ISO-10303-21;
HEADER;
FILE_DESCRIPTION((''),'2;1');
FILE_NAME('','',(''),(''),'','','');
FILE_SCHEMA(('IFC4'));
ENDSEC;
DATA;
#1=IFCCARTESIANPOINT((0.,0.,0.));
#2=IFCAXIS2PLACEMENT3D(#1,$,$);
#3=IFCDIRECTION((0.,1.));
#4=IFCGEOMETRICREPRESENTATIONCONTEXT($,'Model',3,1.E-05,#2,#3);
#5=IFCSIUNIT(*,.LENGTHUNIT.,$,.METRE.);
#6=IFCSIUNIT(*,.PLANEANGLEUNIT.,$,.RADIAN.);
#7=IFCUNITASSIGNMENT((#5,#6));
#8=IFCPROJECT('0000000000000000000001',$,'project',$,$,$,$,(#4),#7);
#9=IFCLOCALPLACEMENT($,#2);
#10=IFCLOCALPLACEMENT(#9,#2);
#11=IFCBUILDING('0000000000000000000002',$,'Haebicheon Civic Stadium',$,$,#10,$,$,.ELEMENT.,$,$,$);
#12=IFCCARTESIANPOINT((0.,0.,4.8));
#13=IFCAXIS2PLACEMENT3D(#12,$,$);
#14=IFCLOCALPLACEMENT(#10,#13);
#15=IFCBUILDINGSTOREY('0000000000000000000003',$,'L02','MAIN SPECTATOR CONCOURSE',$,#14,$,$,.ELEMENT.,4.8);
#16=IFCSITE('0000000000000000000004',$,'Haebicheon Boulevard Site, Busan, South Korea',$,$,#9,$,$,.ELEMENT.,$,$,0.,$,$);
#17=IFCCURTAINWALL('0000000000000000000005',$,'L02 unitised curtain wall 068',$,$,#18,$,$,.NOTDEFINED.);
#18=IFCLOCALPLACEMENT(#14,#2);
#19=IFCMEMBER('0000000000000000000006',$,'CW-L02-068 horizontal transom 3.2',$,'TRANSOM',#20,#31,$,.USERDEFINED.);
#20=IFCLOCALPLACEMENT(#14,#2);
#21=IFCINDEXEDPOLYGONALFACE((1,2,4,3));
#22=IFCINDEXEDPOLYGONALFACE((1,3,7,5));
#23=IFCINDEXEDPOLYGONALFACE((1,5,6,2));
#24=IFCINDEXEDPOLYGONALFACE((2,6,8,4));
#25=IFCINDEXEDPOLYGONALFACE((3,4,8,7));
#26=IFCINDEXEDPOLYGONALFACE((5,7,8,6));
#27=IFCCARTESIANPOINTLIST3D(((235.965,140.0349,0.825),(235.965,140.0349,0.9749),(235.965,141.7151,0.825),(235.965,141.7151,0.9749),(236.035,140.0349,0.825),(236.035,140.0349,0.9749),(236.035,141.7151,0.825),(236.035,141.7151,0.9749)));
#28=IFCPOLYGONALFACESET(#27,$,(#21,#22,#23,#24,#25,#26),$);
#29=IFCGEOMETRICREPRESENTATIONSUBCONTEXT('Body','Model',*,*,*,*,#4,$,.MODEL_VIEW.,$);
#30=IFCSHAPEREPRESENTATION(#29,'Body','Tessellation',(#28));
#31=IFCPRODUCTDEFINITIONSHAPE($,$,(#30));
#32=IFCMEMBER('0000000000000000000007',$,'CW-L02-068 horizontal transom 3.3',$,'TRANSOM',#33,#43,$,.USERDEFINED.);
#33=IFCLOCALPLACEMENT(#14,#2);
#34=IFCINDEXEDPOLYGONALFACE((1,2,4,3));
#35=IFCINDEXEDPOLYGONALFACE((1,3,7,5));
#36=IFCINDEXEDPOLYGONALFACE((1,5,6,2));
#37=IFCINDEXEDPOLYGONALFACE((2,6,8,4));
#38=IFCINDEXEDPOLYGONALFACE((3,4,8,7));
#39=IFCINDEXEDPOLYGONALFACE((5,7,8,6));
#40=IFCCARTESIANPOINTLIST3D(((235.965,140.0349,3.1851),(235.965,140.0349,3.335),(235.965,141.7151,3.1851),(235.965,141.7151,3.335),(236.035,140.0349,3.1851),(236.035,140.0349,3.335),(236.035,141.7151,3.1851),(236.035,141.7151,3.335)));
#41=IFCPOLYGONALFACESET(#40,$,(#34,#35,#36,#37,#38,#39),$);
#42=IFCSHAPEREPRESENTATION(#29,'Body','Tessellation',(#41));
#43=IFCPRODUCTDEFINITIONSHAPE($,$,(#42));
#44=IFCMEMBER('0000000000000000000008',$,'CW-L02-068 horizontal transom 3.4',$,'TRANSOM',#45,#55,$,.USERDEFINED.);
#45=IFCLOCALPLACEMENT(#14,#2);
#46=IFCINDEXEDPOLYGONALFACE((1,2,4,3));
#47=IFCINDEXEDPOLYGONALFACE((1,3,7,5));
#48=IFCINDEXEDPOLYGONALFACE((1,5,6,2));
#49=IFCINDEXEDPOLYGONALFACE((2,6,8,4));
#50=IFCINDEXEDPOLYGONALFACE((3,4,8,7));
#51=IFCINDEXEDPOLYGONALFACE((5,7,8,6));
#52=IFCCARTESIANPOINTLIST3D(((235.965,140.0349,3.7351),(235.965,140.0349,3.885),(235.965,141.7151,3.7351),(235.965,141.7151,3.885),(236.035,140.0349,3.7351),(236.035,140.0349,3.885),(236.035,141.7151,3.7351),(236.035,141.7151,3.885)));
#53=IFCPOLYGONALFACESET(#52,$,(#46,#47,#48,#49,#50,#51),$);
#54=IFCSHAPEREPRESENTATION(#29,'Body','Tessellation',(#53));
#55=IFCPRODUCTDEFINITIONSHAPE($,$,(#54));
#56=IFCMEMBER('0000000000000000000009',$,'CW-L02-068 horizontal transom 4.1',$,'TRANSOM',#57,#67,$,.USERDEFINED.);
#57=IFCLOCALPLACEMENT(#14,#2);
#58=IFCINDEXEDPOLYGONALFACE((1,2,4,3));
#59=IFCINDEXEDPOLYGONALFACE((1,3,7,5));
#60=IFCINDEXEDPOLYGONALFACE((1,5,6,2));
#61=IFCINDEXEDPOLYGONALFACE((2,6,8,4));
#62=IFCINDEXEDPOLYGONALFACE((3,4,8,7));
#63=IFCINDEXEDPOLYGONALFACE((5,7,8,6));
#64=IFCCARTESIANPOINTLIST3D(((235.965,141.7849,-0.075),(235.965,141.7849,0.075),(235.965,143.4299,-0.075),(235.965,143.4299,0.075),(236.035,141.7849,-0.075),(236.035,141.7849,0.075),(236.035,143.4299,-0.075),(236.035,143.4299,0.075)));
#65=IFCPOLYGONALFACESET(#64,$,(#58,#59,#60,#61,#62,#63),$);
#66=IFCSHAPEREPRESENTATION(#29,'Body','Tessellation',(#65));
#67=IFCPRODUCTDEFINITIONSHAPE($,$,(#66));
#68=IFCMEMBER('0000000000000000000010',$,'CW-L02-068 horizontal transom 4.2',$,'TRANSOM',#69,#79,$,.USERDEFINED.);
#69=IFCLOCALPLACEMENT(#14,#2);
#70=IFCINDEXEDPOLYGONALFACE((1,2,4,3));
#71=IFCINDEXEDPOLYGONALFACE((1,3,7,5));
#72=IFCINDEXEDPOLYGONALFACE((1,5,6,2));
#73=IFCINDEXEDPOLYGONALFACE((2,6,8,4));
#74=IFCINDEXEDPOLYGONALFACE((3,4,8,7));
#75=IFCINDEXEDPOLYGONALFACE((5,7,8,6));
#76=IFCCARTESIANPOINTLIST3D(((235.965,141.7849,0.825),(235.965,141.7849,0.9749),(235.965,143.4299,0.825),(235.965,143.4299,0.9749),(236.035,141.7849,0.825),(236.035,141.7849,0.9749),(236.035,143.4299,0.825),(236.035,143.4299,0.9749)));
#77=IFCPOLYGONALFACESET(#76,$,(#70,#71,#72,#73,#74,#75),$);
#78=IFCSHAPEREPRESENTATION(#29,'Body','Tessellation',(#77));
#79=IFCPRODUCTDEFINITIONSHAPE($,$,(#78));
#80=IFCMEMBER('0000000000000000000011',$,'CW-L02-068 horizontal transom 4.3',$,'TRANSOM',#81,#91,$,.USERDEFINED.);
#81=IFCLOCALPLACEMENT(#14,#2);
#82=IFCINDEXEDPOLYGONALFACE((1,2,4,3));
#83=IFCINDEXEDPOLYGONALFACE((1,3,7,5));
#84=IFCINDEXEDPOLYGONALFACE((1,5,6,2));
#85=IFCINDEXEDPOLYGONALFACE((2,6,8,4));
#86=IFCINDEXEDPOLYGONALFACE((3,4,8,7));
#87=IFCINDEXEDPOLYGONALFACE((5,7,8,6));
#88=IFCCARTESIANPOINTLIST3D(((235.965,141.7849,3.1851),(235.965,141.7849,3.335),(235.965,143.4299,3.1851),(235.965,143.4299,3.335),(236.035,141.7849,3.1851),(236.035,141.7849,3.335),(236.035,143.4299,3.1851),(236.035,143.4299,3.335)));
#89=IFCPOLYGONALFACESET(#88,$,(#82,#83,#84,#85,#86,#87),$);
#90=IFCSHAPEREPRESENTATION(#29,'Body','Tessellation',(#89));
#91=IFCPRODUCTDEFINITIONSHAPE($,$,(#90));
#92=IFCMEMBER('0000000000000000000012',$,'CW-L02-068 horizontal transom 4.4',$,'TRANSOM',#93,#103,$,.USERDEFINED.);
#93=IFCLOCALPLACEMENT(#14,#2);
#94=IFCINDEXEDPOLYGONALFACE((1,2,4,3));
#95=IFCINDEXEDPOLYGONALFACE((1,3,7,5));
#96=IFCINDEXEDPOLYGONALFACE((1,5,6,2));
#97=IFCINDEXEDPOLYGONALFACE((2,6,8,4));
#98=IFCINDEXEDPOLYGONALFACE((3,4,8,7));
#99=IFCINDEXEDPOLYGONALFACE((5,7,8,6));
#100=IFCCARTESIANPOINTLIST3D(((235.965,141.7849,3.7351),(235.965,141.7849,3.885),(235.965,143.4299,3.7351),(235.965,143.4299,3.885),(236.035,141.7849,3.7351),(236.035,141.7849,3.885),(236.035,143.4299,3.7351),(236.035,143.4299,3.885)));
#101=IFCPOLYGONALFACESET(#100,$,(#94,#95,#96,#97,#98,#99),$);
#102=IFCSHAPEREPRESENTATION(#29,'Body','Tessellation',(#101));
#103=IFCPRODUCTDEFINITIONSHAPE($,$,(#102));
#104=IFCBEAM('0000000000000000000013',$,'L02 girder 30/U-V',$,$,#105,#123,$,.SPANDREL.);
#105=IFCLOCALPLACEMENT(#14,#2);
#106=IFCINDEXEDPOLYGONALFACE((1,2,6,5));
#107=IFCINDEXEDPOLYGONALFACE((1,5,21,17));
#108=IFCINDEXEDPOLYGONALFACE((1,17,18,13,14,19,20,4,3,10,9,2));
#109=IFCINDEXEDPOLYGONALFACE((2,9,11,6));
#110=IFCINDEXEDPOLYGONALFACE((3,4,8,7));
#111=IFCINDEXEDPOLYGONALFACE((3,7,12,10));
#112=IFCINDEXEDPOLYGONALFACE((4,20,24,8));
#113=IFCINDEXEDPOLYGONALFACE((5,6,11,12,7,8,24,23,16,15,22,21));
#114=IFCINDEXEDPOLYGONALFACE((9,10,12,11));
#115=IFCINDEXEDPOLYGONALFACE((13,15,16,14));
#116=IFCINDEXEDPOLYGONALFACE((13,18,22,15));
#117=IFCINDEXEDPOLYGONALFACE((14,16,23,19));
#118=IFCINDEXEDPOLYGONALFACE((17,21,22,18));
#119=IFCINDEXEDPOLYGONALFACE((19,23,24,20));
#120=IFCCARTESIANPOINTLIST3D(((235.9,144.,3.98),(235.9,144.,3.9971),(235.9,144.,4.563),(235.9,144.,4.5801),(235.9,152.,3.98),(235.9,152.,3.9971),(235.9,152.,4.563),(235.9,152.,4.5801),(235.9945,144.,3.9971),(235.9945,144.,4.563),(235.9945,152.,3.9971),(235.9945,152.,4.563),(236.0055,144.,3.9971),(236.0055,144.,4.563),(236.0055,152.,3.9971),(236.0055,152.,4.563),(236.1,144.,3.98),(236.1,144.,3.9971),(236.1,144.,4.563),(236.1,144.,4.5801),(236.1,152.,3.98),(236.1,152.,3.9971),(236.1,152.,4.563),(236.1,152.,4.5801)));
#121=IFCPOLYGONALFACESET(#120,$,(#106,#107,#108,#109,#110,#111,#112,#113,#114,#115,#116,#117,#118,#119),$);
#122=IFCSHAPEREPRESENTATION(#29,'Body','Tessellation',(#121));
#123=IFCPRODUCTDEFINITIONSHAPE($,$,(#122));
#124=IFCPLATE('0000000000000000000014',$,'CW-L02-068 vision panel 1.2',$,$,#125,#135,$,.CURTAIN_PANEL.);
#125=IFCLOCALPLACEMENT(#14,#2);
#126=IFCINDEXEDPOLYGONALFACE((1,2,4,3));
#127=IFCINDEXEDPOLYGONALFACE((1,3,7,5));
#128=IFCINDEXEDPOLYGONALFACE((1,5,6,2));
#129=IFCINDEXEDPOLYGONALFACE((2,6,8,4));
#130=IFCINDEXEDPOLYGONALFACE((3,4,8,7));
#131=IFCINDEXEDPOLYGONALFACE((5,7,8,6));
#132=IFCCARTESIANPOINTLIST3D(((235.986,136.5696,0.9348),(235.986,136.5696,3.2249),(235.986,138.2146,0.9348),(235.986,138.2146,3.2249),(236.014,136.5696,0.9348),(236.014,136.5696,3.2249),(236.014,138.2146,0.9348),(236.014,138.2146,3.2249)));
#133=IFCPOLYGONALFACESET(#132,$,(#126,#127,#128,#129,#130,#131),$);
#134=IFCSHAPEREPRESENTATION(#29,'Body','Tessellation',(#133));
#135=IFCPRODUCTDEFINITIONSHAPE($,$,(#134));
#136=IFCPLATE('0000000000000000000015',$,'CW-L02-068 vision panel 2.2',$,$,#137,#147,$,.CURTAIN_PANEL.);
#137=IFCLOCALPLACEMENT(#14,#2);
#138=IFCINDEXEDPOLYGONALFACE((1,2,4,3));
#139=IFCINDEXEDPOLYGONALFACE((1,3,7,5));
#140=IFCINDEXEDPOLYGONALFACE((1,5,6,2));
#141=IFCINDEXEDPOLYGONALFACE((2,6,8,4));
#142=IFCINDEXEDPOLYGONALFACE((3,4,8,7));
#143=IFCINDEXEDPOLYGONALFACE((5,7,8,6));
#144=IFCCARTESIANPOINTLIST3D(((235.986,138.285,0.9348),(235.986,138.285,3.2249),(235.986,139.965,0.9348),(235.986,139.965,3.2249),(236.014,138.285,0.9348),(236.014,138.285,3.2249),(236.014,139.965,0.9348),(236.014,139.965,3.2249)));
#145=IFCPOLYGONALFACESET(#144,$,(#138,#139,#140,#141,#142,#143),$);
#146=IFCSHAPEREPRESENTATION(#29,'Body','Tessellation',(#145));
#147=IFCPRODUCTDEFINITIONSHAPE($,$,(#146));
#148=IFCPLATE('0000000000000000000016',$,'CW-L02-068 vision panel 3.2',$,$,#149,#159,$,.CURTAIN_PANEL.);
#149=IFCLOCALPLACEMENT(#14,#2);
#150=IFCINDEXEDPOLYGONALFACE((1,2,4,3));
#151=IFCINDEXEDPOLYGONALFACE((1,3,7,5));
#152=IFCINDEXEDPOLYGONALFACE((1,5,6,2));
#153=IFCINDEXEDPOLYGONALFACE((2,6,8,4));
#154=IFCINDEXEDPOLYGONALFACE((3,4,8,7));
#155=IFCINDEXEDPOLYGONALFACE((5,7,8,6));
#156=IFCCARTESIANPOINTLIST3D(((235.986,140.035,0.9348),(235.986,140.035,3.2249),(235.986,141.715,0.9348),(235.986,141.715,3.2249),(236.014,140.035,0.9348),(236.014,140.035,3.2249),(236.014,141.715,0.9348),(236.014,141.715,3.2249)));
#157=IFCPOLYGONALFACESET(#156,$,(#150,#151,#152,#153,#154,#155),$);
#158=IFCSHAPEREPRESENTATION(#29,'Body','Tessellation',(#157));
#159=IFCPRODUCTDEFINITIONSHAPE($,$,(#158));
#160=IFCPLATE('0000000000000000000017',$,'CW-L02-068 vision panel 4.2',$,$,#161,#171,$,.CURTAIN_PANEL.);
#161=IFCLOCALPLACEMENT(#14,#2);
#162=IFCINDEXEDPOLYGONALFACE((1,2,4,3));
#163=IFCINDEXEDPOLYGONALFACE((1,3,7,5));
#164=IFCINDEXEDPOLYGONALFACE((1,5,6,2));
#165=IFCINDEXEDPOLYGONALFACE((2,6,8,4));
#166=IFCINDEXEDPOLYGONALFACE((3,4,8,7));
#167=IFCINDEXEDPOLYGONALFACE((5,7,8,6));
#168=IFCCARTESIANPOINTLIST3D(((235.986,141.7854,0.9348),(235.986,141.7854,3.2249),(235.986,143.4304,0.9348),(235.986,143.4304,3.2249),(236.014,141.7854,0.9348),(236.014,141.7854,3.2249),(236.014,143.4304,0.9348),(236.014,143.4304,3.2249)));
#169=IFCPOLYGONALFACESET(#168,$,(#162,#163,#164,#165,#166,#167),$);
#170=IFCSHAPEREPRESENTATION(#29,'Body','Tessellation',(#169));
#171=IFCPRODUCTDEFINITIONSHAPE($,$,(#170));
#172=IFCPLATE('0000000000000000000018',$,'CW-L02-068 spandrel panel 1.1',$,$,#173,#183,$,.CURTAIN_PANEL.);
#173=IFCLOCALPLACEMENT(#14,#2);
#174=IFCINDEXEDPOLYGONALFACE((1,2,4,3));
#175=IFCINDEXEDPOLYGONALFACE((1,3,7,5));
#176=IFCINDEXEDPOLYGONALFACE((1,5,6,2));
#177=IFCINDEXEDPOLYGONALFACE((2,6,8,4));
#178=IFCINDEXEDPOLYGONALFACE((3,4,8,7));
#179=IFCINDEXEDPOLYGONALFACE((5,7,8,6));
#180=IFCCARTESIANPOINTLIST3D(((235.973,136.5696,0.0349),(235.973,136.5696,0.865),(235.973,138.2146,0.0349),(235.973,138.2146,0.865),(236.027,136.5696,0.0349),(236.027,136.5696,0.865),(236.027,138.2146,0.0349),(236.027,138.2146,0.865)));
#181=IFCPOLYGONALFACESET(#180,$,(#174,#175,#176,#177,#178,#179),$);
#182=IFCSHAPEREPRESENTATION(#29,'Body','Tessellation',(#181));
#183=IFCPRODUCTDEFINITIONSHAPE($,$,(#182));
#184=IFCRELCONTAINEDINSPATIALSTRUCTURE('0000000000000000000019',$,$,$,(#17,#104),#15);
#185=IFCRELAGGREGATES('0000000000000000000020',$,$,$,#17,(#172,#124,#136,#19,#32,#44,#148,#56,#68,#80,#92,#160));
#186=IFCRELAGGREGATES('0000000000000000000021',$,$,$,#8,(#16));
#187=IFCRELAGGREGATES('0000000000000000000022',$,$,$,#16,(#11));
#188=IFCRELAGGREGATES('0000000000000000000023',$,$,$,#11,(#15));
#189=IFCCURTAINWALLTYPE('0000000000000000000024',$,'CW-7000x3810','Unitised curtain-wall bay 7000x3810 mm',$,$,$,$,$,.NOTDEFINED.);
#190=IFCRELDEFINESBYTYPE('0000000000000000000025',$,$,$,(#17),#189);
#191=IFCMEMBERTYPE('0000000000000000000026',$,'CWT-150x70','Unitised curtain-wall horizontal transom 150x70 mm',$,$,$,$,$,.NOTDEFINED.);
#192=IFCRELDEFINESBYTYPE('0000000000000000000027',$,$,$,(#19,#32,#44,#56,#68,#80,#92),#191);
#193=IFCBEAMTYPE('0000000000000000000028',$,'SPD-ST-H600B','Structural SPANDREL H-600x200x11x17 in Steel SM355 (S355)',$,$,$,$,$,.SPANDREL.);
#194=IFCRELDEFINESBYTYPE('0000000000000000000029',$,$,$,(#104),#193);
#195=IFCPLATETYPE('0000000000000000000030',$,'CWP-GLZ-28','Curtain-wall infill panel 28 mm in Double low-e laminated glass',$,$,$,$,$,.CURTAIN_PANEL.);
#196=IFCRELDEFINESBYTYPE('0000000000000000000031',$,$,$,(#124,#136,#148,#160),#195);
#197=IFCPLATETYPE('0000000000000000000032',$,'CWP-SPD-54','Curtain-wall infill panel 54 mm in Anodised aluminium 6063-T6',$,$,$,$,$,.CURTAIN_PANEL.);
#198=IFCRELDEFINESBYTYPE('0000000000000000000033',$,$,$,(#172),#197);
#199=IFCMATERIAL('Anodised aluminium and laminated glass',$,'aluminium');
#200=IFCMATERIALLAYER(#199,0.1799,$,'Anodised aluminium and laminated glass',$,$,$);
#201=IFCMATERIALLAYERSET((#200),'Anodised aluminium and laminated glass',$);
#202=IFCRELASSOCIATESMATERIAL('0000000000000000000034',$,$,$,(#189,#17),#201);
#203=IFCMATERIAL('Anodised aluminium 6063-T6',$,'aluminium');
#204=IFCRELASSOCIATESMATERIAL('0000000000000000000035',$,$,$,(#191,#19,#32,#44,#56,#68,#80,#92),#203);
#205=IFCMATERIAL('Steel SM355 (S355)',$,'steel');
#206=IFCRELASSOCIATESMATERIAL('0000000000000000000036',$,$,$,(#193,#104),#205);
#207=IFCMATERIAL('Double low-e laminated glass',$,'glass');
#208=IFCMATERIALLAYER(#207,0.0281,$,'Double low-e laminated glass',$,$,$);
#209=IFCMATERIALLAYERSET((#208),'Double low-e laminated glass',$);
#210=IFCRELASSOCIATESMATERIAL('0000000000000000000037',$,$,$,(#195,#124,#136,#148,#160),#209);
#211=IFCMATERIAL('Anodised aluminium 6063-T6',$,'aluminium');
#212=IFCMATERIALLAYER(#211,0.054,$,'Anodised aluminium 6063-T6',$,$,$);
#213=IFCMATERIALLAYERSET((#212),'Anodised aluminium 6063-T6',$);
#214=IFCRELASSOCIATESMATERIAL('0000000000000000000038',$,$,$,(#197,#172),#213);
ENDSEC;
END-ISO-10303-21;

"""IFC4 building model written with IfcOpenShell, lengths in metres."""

from ifc_helpers import new_model, si_unit, direction, frame, origin, origin_2d, place, context, subcontext, project, spatial, rectangle, i_section, extrude, material, layer, layer_set, material_profile, profile_set, type_object, element, aggregate, save


model = new_model("IFC4")

# Units and contexts
model_context = context("Model", 3, precision=1e-05, world=origin(), true_north=direction((0.0, 1.0)))
body_context = subcontext(model_context, "Body", "Model", "MODEL_VIEW")
ifc_project = project(units=[si_unit("LENGTHUNIT", "METRE"), si_unit("PLANEANGLEUNIT", "RADIAN")], contexts=[model_context])

# Site, building, storey
site_placement = place(None, origin())
site = spatial("IfcSite", under=ifc_project, at=site_placement, Name="Haebicheon Boulevard Site, Busan, South Korea", CompositionType="ELEMENT", RefElevation=0.0)
building_placement = place(site_placement, origin())
building = spatial("IfcBuilding", under=site, at=building_placement, Name="Haebicheon Civic Stadium", CompositionType="ELEMENT")
storey_placement = place(building_placement, frame((0.0, 0.0, 4.8)))
storey = spatial("IfcBuildingStorey", under=building, at=storey_placement, Name="L02", Description="MAIN SPECTATOR CONCOURSE", CompositionType="ELEMENT", Elevation=4.8)

# Curtain wall, members
ifc_material_1 = material(Name="Anodised aluminium and laminated glass", Category="aluminium")
ifc_layer_1 = layer(ifc_material_1, 0.1799, Name="Anodised aluminium and laminated glass")
ifc_layer_set_1 = layer_set([ifc_layer_1], Name="Anodised aluminium and laminated glass")
curtain_wall_type = type_object("IfcCurtainWallType", Name="CW-7000x3810", Description="Unitised curtain-wall bay 7000x3810 mm", PredefinedType="NOTDEFINED", material=ifc_layer_set_1)
curtain_wall_placement = place(storey_placement, origin())
curtain_wall = element("IfcCurtainWall", 1, at=curtain_wall_placement, inside=storey, type_object=curtain_wall_type, material=ifc_layer_set_1, Name="L02 unitised curtain wall 068", PredefinedType="NOTDEFINED")
ifc_material_2 = material(Name="Anodised aluminium 6063-T6", Category="aluminium")
ifc_material_profile_1 = material_profile(ifc_material_2, rectangle(XDim=0.0701, YDim=0.1499, at=origin_2d()), Name="ALU-TRAN-70x150")
ifc_profile_set_1 = profile_set([ifc_material_profile_1], Name="Anodised aluminium 6063-T6")
member_type_1 = type_object("IfcMemberType", Name="CWT-150x70", Description="Unitised curtain-wall horizontal transom 150x70 mm", PredefinedType="NOTDEFINED", material=ifc_profile_set_1)
member_1_placement = place(storey_placement, frame((236.0, 140.0349, 0.8999), z_axis=(0.0, 1.0, 0.0), x_axis=(-1.0, 0.0, 0.0)))
member_1 = element("IfcMember", 2, at=member_1_placement, type_object=member_type_1, material=ifc_profile_set_1, Name="CW-L02-068 horizontal transom 3.2", ObjectType="TRANSOM", PredefinedType="USERDEFINED", context=body_context, shape_type="SweptSolid", body=[
    extrude(rectangle(XDim=0.0701, YDim=0.1499, at=origin_2d()), origin(), (0.0, 0.0, 1.0), 1.6802),
])
member_2_placement = place(storey_placement, frame((236.0, 140.0349, 3.26), z_axis=(0.0, 1.0, 0.0), x_axis=(-1.0, 0.0, 0.0)))
member_2 = element("IfcMember", 3, at=member_2_placement, type_object=member_type_1, material=ifc_profile_set_1, Name="CW-L02-068 horizontal transom 3.3", ObjectType="TRANSOM", PredefinedType="USERDEFINED", context=body_context, shape_type="SweptSolid", body=[
    extrude(rectangle(XDim=0.0701, YDim=0.1499, at=origin_2d()), origin(), (0.0, 0.0, 1.0), 1.6802),
])
member_3_placement = place(storey_placement, frame((236.0, 140.0349, 3.8101), z_axis=(0.0, 1.0, 0.0), x_axis=(-1.0, 0.0, 0.0)))
member_3 = element("IfcMember", 4, at=member_3_placement, type_object=member_type_1, material=ifc_profile_set_1, Name="CW-L02-068 horizontal transom 3.4", ObjectType="TRANSOM", PredefinedType="USERDEFINED", context=body_context, shape_type="SweptSolid", body=[
    extrude(rectangle(XDim=0.0701, YDim=0.1499, at=origin_2d()), origin(), (0.0, 0.0, 1.0), 1.6802),
])
member_4_placement = place(storey_placement, frame((236.0, 141.7849, 0.0), z_axis=(0.0, 1.0, 0.0), x_axis=(-1.0, 0.0, 0.0)))
member_4 = element("IfcMember", 5, at=member_4_placement, type_object=member_type_1, material=ifc_profile_set_1, Name="CW-L02-068 horizontal transom 4.1", ObjectType="TRANSOM", PredefinedType="USERDEFINED", context=body_context, shape_type="SweptSolid", body=[
    extrude(rectangle(XDim=0.0701, YDim=0.1499, at=origin_2d()), origin(), (0.0, 0.0, 1.0), 1.645),
])
member_5_placement = place(storey_placement, frame((236.0, 141.7849, 0.8999), z_axis=(0.0, 1.0, 0.0), x_axis=(-1.0, 0.0, 0.0)))
member_5 = element("IfcMember", 6, at=member_5_placement, type_object=member_type_1, material=ifc_profile_set_1, Name="CW-L02-068 horizontal transom 4.2", ObjectType="TRANSOM", PredefinedType="USERDEFINED", context=body_context, shape_type="SweptSolid", body=[
    extrude(rectangle(XDim=0.0701, YDim=0.1499, at=origin_2d()), origin(), (0.0, 0.0, 1.0), 1.645),
])
member_6_placement = place(storey_placement, frame((236.0, 141.7849, 3.26), z_axis=(0.0, 1.0, 0.0), x_axis=(-1.0, 0.0, 0.0)))
member_6 = element("IfcMember", 7, at=member_6_placement, type_object=member_type_1, material=ifc_profile_set_1, Name="CW-L02-068 horizontal transom 4.3", ObjectType="TRANSOM", PredefinedType="USERDEFINED", context=body_context, shape_type="SweptSolid", body=[
    extrude(rectangle(XDim=0.0701, YDim=0.1499, at=origin_2d()), origin(), (0.0, 0.0, 1.0), 1.645),
])
member_7_placement = place(storey_placement, frame((236.0, 141.7849, 3.8101), z_axis=(0.0, 1.0, 0.0), x_axis=(-1.0, 0.0, 0.0)))
member_7 = element("IfcMember", 8, at=member_7_placement, type_object=member_type_1, material=ifc_profile_set_1, Name="CW-L02-068 horizontal transom 4.4", ObjectType="TRANSOM", PredefinedType="USERDEFINED", context=body_context, shape_type="SweptSolid", body=[
    extrude(rectangle(XDim=0.0701, YDim=0.1499, at=origin_2d()), origin(), (0.0, 0.0, 1.0), 1.645),
])

# Beam
ifc_material_3 = material(Name="Steel SM355 (S355)", Category="steel")
ifc_material_profile_2 = material_profile(ifc_material_3, i_section(OverallWidth=0.2, OverallDepth=0.6001, WebThickness=0.011, FlangeThickness=0.0171, at=origin_2d()), Name="H-600x200x11x17")
ifc_profile_set_2 = profile_set([ifc_material_profile_2], Name="Steel SM355 (S355)")
beam_type = type_object("IfcBeamType", Name="SPD-ST-H600B", Description="Structural SPANDREL H-600x200x11x17 in Steel SM355 (S355)", PredefinedType="SPANDREL", material=ifc_profile_set_2)
beam_placement = place(storey_placement, frame((236.0, 144.0, 4.28), z_axis=(0.0, 1.0, 0.0), x_axis=(-1.0, 0.0, 0.0)))
element("IfcBeam", 9, at=beam_placement, inside=storey, type_object=beam_type, material=ifc_profile_set_2, Name="L02 girder 30/U-V", PredefinedType="SPANDREL", context=body_context, shape_type="SweptSolid", body=[
    extrude(i_section(OverallWidth=0.2, OverallDepth=0.6001, WebThickness=0.011, FlangeThickness=0.0171, at=origin_2d()), origin(), (0.0, 0.0, 1.0), 8.0),
])

# Plates
ifc_material_4 = material(Name="Double low-e laminated glass", Category="glass")
ifc_layer_2 = layer(ifc_material_4, 0.0281, Name="Double low-e laminated glass")
ifc_layer_set_2 = layer_set([ifc_layer_2], Name="Double low-e laminated glass")
plate_type_1 = type_object("IfcPlateType", Name="CWP-GLZ-28", Description="Curtain-wall infill panel 28 mm in Double low-e laminated glass", PredefinedType="CURTAIN_PANEL", material=ifc_layer_set_2)
plate_1_placement = place(storey_placement, frame((236.0, 137.3921, 0.9348), z_axis=(0.0, 0.0, 1.0), x_axis=(0.0, 1.0, 0.0)))
plate_1 = element("IfcPlate", 10, at=plate_1_placement, type_object=plate_type_1, material=ifc_layer_set_2, Name="CW-L02-068 vision panel 1.2", PredefinedType="CURTAIN_PANEL", context=body_context, shape_type="SweptSolid", body=[
    extrude(rectangle(XDim=1.645, YDim=0.0281, at=origin_2d()), origin(), (0.0, 0.0, 1.0), 2.29),
])
plate_2_placement = place(storey_placement, frame((236.0, 139.125, 0.9348), z_axis=(0.0, 0.0, 1.0), x_axis=(0.0, 1.0, 0.0)))
plate_2 = element("IfcPlate", 11, at=plate_2_placement, type_object=plate_type_1, material=ifc_layer_set_2, Name="CW-L02-068 vision panel 2.2", PredefinedType="CURTAIN_PANEL", context=body_context, shape_type="SweptSolid", body=[
    extrude(rectangle(XDim=1.6799, YDim=0.0281, at=origin_2d()), origin(), (0.0, 0.0, 1.0), 2.29),
])
plate_3_placement = place(storey_placement, frame((236.0, 140.875, 0.9348), z_axis=(0.0, 0.0, 1.0), x_axis=(0.0, 1.0, 0.0)))
plate_3 = element("IfcPlate", 12, at=plate_3_placement, type_object=plate_type_1, material=ifc_layer_set_2, Name="CW-L02-068 vision panel 3.2", PredefinedType="CURTAIN_PANEL", context=body_context, shape_type="SweptSolid", body=[
    extrude(rectangle(XDim=1.6799, YDim=0.0281, at=origin_2d()), origin(), (0.0, 0.0, 1.0), 2.29),
])
plate_4_placement = place(storey_placement, frame((236.0, 142.6079, 0.9348), z_axis=(0.0, 0.0, 1.0), x_axis=(0.0, 1.0, 0.0)))
plate_4 = element("IfcPlate", 13, at=plate_4_placement, type_object=plate_type_1, material=ifc_layer_set_2, Name="CW-L02-068 vision panel 4.2", PredefinedType="CURTAIN_PANEL", context=body_context, shape_type="SweptSolid", body=[
    extrude(rectangle(XDim=1.645, YDim=0.0281, at=origin_2d()), origin(), (0.0, 0.0, 1.0), 2.29),
])
ifc_material_5 = material(Name="Anodised aluminium 6063-T6", Category="aluminium")
ifc_layer_3 = layer(ifc_material_5, 0.054, Name="Anodised aluminium 6063-T6")
ifc_layer_set_3 = layer_set([ifc_layer_3], Name="Anodised aluminium 6063-T6")
plate_type_2 = type_object("IfcPlateType", Name="CWP-SPD-54", Description="Curtain-wall infill panel 54 mm in Anodised aluminium 6063-T6", PredefinedType="CURTAIN_PANEL", material=ifc_layer_set_3)
plate_5_placement = place(storey_placement, frame((236.0, 137.3921, 0.0349), z_axis=(0.0, 0.0, 1.0), x_axis=(0.0, 1.0, 0.0)))
plate_5 = element("IfcPlate", 14, at=plate_5_placement, type_object=plate_type_2, material=ifc_layer_set_3, Name="CW-L02-068 spandrel panel 1.1", PredefinedType="CURTAIN_PANEL", context=body_context, shape_type="SweptSolid", body=[
    extrude(rectangle(XDim=1.645, YDim=0.054, at=origin_2d()), origin(), (0.0, 0.0, 1.0), 0.8301),
])
aggregate(curtain_wall, [plate_5, plate_1, plate_2, member_1, member_2, member_3, plate_3, member_4, member_5, member_6, member_7, plate_4])

save(model, "model.ifc")
